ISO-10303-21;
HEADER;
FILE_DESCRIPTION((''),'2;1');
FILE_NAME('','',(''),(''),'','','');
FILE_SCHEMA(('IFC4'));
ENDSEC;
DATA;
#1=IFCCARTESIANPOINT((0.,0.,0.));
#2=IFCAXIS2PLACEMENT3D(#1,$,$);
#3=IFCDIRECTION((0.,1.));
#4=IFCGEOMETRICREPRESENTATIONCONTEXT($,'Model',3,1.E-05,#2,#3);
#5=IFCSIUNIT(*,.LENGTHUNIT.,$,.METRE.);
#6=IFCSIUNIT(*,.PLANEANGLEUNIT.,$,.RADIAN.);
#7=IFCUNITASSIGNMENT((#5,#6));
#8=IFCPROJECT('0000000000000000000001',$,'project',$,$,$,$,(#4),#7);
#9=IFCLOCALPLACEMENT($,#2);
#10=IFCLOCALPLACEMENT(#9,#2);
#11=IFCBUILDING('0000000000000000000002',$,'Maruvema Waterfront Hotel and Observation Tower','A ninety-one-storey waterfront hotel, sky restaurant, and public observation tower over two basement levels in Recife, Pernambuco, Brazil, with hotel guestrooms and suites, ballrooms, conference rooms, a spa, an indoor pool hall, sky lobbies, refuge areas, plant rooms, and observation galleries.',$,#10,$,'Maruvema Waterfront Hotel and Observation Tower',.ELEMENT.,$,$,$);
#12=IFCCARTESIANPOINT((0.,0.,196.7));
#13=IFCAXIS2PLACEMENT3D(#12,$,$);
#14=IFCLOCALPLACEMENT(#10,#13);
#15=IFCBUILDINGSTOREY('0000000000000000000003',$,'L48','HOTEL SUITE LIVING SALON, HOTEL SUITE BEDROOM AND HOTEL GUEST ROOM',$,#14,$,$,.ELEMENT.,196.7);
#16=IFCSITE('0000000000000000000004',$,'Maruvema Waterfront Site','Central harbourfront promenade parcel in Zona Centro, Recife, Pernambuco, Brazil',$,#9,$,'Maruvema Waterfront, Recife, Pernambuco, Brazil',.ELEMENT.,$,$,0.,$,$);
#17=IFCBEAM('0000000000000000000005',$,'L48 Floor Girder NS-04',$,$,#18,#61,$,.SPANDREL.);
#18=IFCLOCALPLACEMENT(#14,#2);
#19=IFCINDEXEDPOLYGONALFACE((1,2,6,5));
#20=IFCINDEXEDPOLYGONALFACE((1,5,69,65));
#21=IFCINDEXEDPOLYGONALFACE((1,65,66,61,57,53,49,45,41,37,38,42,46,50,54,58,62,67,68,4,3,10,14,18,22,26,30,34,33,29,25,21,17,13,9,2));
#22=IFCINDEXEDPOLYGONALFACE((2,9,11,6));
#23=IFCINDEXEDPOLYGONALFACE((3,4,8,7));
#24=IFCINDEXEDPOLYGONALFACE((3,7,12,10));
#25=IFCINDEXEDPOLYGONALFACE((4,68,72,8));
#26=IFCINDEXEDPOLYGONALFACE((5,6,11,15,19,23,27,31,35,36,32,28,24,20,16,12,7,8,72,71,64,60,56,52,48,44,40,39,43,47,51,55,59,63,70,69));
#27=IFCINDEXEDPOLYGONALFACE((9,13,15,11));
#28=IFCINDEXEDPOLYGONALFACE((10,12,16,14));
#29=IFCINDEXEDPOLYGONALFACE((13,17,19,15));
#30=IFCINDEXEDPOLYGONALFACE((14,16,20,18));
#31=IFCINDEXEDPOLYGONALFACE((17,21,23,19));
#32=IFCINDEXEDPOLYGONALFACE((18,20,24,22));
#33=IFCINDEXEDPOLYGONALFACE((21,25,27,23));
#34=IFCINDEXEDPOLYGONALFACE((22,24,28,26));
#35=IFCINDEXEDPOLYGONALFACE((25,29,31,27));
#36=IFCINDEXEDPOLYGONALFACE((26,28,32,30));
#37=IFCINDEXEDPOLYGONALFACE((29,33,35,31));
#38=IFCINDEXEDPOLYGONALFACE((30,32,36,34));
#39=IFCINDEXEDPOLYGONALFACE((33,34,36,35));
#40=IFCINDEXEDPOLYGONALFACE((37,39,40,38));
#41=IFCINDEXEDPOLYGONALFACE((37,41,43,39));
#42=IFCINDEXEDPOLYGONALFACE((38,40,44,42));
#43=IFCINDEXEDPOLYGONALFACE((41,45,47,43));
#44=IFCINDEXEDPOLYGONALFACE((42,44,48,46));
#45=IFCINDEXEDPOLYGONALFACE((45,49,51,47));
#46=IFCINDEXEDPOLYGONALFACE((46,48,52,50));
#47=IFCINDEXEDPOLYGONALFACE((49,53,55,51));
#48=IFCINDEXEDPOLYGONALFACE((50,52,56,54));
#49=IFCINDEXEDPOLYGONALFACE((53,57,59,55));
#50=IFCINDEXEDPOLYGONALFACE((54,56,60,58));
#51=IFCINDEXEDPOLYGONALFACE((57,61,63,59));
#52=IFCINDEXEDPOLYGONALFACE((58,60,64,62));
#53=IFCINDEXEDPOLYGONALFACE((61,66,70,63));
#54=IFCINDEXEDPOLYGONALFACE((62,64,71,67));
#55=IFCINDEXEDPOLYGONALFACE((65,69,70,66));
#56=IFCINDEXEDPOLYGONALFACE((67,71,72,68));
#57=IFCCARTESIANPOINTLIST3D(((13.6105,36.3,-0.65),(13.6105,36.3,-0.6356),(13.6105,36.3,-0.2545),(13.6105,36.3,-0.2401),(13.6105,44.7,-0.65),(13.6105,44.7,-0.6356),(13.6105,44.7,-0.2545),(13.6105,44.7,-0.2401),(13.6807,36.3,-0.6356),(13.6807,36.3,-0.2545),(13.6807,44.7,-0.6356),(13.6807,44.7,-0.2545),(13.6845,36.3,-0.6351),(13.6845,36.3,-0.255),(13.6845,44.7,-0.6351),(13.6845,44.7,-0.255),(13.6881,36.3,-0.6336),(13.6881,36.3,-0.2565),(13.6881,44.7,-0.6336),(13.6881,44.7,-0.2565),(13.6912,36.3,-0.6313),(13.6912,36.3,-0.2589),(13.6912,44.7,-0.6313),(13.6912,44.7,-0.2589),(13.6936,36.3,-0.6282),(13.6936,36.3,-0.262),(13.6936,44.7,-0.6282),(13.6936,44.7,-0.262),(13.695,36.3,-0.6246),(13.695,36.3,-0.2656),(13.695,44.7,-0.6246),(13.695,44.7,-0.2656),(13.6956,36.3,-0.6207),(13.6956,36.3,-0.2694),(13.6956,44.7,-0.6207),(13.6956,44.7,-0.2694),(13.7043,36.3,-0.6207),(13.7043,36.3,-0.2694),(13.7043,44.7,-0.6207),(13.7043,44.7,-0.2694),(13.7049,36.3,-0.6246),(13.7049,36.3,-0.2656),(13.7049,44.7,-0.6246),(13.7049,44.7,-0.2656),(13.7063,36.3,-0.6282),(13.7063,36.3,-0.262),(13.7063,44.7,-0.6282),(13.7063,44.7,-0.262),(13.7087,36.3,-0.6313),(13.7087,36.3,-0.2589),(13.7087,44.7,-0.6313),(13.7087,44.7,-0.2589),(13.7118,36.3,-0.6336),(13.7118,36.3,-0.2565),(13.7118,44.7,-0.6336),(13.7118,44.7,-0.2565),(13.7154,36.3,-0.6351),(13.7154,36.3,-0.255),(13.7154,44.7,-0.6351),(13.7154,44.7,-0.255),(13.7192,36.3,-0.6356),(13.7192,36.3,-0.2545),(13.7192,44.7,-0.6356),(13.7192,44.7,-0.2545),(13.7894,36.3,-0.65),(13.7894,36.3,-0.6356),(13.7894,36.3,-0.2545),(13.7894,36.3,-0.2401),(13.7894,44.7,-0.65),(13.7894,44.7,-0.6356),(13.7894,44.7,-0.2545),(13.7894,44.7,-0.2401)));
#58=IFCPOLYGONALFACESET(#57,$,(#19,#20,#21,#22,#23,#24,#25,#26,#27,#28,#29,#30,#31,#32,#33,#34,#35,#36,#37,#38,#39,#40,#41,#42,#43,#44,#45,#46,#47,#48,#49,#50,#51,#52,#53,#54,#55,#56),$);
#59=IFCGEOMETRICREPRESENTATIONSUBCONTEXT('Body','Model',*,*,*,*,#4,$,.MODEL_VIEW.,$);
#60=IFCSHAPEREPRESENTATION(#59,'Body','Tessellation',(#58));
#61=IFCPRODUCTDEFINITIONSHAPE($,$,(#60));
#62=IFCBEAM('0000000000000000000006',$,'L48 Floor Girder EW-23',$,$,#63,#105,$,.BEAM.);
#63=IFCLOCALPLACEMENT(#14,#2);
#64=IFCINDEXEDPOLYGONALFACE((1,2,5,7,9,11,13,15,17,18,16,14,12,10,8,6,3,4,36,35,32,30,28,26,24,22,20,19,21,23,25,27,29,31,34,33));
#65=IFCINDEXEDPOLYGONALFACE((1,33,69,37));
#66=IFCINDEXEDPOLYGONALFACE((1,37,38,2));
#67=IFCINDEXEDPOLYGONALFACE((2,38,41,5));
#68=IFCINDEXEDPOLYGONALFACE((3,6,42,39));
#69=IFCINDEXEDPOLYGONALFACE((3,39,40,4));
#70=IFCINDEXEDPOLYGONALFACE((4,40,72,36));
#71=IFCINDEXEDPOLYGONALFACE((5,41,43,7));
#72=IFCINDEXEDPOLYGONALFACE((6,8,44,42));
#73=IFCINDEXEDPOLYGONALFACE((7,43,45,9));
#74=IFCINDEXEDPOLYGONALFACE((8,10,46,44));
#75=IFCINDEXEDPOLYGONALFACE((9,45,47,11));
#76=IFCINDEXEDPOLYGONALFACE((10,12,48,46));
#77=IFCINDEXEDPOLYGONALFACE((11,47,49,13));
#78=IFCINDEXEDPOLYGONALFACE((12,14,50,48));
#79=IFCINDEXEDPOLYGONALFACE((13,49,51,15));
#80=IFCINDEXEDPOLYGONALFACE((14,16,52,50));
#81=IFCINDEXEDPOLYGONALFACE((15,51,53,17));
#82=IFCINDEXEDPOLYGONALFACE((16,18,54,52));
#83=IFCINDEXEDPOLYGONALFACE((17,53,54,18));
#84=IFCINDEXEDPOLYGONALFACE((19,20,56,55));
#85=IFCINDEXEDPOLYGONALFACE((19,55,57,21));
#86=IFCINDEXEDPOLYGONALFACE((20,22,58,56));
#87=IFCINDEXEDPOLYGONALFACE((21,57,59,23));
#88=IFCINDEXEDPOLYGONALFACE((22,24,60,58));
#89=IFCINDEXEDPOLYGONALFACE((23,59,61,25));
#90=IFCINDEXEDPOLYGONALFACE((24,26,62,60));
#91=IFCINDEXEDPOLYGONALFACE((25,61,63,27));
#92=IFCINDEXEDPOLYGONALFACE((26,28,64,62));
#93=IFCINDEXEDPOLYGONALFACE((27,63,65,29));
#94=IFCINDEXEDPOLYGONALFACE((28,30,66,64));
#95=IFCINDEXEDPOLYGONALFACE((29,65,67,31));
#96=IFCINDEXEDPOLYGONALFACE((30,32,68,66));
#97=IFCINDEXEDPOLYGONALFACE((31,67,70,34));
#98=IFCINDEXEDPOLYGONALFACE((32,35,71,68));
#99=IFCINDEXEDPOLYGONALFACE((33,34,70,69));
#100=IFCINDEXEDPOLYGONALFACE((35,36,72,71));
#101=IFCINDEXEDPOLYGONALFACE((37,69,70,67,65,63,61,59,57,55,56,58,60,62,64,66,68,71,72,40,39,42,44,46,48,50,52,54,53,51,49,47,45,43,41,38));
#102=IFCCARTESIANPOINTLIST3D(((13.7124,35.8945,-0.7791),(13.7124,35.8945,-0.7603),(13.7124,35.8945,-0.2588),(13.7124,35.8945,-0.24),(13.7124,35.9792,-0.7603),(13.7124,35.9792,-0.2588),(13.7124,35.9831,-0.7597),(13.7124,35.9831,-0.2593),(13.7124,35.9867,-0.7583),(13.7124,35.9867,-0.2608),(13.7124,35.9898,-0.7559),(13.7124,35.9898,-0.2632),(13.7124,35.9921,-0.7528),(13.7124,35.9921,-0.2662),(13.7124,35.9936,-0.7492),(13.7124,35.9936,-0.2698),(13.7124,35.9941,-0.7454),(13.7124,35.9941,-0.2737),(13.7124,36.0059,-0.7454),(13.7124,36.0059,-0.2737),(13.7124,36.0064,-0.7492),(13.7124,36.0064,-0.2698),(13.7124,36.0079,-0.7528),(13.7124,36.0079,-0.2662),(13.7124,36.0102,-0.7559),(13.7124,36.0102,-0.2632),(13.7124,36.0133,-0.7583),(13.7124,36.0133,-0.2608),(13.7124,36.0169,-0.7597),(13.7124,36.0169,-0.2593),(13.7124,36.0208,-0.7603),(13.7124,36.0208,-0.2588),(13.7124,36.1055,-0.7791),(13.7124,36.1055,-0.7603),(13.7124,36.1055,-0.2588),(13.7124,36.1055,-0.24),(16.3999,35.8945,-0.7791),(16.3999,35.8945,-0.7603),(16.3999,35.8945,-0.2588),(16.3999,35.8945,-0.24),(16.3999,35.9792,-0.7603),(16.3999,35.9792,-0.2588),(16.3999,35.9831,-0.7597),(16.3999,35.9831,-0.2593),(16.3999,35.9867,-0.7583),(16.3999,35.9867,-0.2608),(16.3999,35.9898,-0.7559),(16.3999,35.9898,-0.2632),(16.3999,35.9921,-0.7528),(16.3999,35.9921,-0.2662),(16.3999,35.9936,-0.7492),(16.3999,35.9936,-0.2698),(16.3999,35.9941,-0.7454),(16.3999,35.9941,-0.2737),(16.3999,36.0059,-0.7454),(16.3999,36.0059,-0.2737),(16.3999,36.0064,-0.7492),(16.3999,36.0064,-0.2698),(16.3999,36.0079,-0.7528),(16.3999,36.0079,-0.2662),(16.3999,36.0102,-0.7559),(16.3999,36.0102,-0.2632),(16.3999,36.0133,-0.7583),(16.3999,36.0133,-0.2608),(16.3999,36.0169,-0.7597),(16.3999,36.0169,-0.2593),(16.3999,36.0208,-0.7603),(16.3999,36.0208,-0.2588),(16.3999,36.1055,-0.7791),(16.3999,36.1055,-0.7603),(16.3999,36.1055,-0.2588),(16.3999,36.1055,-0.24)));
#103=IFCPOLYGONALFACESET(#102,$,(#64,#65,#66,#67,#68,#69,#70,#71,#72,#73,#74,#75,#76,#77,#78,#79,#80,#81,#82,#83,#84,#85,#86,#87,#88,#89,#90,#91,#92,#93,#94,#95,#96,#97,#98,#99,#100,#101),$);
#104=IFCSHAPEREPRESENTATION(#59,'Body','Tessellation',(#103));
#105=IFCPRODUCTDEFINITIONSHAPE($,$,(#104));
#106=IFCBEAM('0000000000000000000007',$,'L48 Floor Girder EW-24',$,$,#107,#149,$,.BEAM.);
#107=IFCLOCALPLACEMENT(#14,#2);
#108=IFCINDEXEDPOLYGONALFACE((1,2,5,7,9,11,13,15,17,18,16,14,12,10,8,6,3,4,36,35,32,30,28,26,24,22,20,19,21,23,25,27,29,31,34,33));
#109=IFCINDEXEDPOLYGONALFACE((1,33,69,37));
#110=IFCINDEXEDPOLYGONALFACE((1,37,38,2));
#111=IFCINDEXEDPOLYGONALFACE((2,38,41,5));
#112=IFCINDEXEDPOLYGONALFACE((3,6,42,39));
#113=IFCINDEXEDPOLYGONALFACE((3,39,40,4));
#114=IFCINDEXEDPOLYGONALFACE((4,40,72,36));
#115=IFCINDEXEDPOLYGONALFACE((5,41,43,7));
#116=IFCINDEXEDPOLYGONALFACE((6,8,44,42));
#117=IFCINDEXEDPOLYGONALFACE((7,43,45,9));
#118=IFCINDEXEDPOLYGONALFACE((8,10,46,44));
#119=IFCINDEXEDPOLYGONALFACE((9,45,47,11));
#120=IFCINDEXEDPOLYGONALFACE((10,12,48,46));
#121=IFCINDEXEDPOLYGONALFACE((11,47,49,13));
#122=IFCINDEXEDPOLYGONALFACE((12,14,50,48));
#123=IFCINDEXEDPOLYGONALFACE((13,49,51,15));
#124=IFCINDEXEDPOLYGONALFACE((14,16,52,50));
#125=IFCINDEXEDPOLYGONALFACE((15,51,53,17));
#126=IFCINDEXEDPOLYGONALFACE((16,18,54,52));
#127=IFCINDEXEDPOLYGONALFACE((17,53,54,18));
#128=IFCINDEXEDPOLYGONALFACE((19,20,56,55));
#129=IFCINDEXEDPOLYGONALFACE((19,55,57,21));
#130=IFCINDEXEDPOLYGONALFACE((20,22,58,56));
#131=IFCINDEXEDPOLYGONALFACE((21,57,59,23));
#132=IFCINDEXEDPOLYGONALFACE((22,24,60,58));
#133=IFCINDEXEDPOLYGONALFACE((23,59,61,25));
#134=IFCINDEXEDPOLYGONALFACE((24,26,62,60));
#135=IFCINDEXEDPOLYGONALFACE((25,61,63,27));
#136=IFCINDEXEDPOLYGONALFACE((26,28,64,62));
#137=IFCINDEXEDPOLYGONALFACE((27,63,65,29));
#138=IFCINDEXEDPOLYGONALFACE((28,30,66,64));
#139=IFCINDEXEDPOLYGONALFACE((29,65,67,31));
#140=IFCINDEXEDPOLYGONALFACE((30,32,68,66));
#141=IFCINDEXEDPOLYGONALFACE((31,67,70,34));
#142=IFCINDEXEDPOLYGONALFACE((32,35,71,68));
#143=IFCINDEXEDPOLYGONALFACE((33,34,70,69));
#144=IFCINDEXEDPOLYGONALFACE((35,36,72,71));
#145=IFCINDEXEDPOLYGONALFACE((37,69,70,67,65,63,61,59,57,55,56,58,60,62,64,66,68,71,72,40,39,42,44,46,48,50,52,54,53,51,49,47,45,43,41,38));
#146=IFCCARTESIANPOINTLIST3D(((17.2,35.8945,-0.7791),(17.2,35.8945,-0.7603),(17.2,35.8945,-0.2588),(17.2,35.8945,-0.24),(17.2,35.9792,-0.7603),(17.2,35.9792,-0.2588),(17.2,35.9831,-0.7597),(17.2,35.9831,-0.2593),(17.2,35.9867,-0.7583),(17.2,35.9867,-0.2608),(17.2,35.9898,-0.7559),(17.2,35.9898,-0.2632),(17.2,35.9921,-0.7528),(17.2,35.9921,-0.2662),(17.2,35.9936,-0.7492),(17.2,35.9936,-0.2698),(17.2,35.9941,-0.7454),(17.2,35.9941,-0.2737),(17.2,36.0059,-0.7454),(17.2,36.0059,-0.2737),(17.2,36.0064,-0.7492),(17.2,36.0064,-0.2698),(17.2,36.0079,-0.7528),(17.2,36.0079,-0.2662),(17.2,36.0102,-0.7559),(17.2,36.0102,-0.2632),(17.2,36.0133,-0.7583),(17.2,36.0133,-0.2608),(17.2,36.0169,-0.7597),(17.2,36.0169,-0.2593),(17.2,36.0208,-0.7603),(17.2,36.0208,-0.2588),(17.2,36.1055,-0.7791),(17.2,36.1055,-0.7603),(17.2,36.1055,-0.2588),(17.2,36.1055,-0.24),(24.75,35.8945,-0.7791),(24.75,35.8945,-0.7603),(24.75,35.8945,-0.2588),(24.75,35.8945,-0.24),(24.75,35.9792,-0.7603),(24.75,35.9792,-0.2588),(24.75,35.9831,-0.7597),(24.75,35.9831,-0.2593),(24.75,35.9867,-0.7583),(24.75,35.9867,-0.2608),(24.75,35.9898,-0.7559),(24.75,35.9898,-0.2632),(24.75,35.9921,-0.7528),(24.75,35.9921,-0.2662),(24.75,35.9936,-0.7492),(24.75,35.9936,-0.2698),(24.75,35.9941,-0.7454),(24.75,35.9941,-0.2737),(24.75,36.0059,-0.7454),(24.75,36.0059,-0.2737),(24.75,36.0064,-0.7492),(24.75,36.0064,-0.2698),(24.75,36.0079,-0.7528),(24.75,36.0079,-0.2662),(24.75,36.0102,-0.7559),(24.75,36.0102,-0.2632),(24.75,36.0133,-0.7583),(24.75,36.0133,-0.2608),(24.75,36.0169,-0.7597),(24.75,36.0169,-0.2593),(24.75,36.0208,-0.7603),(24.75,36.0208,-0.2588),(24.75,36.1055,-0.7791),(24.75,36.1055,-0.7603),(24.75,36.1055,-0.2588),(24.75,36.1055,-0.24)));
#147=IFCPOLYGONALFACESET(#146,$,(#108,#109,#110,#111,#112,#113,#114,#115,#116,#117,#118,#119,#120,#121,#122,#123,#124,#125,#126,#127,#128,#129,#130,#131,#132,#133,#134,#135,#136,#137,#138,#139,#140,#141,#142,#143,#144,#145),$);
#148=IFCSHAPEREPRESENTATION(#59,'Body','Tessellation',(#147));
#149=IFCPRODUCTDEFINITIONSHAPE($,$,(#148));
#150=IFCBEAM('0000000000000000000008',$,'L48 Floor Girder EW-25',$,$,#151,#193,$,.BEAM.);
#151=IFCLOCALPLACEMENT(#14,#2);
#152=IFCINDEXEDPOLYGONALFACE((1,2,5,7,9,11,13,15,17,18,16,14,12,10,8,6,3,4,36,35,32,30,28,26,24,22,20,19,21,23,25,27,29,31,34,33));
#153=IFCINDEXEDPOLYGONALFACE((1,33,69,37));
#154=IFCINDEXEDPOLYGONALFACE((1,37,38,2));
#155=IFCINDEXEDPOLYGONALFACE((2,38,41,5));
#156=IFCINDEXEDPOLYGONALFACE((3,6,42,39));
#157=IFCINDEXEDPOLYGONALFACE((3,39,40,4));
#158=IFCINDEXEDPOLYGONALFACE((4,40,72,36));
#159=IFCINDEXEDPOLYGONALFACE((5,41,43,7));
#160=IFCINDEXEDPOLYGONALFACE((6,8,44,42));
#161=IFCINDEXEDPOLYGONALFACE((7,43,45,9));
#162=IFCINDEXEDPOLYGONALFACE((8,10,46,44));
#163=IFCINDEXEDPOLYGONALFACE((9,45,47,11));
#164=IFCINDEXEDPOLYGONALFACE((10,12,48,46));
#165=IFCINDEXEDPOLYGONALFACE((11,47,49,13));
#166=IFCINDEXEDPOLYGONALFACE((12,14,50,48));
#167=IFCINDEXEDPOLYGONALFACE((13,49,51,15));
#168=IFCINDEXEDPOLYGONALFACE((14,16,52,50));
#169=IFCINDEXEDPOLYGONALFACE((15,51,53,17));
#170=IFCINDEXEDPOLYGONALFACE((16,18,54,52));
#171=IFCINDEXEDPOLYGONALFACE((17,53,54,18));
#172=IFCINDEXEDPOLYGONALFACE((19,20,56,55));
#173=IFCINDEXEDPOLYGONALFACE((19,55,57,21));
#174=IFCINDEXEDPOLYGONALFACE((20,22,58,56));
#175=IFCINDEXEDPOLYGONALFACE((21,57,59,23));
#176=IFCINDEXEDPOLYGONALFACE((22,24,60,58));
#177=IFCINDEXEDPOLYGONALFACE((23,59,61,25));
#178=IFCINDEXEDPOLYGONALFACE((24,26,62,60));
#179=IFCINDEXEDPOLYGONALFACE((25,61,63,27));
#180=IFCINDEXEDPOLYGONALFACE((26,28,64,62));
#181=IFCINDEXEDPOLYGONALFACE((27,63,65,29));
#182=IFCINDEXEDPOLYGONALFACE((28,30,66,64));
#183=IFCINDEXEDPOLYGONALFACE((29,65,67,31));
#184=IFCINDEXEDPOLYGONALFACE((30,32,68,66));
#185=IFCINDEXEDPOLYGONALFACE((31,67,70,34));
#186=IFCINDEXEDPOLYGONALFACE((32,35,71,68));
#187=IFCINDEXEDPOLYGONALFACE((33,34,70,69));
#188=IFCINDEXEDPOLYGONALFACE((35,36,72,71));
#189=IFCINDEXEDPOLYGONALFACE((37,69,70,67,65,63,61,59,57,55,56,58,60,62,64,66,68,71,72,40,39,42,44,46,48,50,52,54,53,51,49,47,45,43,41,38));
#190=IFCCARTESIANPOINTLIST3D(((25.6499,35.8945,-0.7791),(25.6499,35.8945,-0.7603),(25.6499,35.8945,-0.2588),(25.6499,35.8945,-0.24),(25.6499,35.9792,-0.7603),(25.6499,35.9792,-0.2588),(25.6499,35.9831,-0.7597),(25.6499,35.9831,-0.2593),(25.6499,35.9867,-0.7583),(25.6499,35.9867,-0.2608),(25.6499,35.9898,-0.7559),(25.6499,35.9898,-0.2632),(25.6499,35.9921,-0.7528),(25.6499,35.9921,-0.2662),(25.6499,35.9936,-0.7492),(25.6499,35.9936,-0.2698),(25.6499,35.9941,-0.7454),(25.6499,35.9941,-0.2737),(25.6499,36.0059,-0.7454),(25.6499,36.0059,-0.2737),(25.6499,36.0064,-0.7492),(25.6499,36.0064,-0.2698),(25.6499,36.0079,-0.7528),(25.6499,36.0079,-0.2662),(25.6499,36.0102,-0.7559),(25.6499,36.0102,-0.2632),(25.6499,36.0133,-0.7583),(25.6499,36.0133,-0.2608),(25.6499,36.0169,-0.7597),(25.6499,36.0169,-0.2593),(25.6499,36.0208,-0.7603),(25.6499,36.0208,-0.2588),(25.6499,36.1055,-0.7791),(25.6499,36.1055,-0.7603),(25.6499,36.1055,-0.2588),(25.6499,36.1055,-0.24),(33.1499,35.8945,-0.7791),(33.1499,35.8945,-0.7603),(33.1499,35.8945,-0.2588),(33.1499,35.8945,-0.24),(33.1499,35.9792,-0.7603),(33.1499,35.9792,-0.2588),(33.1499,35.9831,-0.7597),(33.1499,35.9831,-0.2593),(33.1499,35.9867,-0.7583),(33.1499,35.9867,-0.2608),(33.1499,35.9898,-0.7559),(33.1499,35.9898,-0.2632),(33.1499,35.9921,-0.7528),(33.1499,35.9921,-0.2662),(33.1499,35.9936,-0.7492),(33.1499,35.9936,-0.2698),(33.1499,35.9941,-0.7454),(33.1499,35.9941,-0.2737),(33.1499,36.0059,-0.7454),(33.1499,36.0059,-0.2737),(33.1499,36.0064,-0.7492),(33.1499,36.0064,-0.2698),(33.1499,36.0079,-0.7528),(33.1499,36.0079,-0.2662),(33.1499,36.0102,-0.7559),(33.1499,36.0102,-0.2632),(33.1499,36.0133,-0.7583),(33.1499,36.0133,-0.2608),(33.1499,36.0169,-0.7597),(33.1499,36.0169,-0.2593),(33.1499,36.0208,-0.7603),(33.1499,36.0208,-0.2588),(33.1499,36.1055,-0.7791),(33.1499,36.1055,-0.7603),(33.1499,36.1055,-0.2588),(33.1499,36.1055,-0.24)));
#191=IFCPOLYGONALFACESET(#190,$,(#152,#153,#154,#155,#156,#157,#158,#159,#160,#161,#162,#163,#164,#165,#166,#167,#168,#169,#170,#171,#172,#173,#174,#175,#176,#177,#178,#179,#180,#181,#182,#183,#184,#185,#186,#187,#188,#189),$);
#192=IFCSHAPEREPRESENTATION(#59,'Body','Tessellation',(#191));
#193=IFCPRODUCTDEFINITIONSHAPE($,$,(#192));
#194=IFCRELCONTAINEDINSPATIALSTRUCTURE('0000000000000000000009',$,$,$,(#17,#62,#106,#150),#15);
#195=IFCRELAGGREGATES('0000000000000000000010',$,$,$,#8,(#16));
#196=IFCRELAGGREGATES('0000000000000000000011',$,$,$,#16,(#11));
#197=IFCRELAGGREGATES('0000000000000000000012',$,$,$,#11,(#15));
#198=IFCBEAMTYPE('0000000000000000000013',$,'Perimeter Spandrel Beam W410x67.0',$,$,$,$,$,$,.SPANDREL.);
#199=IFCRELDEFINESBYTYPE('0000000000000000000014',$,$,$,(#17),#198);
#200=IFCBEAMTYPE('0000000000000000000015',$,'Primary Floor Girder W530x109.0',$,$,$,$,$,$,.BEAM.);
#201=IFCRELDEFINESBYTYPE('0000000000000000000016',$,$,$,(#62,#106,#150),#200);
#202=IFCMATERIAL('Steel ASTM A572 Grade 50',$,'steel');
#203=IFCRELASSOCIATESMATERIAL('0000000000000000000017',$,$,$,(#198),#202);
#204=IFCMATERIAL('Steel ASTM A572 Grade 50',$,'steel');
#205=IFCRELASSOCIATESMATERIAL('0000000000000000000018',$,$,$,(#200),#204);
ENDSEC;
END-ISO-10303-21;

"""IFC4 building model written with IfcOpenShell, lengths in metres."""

from ifc_helpers import new_model, si_unit, direction, frame, origin, origin_2d, place, context, subcontext, project, spatial, i_section, extrude, material, material_profile, profile_set, type_object, element, save


model = new_model("IFC4")

# Units and contexts
model_context = context("Model", 3, precision=1e-05, world=origin(), true_north=direction((0.0, 1.0)))
body_context = subcontext(model_context, "Body", "Model", "MODEL_VIEW")
ifc_project = project(units=[si_unit("LENGTHUNIT", "METRE"), si_unit("PLANEANGLEUNIT", "RADIAN")], contexts=[model_context])

# Site, building, storey
site_placement = place(None, origin())
site = spatial("IfcSite", under=ifc_project, at=site_placement, Name="Maruvema Waterfront Site", Description="Central harbourfront promenade parcel in Zona Centro, Recife, Pernambuco, Brazil", LongName="Maruvema Waterfront, Recife, Pernambuco, Brazil", CompositionType="ELEMENT", RefElevation=0.0)
building_placement = place(site_placement, origin())
building = spatial("IfcBuilding", under=site, at=building_placement, Name="Maruvema Waterfront Hotel and Observation Tower", Description="A ninety-one-storey waterfront hotel, sky restaurant, and public observation tower over two basement levels in Recife, Pernambuco, Brazil, with hotel guestrooms and suites, ballrooms, conference rooms, a spa, an indoor pool hall, sky lobbies, refuge areas, plant rooms, and observation galleries.", LongName="Maruvema Waterfront Hotel and Observation Tower", CompositionType="ELEMENT")
storey_placement = place(building_placement, frame((0.0, 0.0, 196.7)))
storey = spatial("IfcBuildingStorey", under=building, at=storey_placement, Name="L48", Description="HOTEL SUITE LIVING SALON, HOTEL SUITE BEDROOM AND HOTEL GUEST ROOM", CompositionType="ELEMENT", Elevation=196.7)

# Beams
ifc_material_1 = material(Name="Steel ASTM A572 Grade 50", Category="steel")
ifc_material_profile_1 = material_profile(ifc_material_1, i_section(OverallWidth=0.179, OverallDepth=0.4099, WebThickness=0.0088, FlangeThickness=0.0144, FilletRadius=0.0149, at=origin_2d()), Name="W410x67.0")
ifc_profile_set_1 = profile_set([ifc_material_profile_1], Name="Steel ASTM A572 Grade 50")
beam_type_1 = type_object("IfcBeamType", Name="Perimeter Spandrel Beam W410x67.0", PredefinedType="SPANDREL", material=ifc_profile_set_1)
beam_1_placement = place(storey_placement, frame((13.7, 36.3, -0.4451), z_axis=(0.0, 1.0, 0.0), x_axis=(-1.0, 0.0, 0.0)))
element("IfcBeam", 1, at=beam_1_placement, inside=storey, type_object=beam_type_1, Name="L48 Floor Girder NS-04", PredefinedType="SPANDREL", context=body_context, shape_type="SweptSolid", body=[
    extrude(i_section(OverallWidth=0.179, OverallDepth=0.4099, WebThickness=0.0088, FlangeThickness=0.0144, FilletRadius=0.0149, at=origin_2d()), origin(), (0.0, 0.0, 1.0), 8.3999),
])
ifc_material_2 = material(Name="Steel ASTM A572 Grade 50", Category="steel")
ifc_material_profile_2 = material_profile(ifc_material_2, i_section(OverallWidth=0.2109, OverallDepth=0.5391, WebThickness=0.0117, FlangeThickness=0.0188, FilletRadius=0.0149, at=origin_2d()), Name="W530x109.0")
ifc_profile_set_2 = profile_set([ifc_material_profile_2], Name="Steel ASTM A572 Grade 50")
beam_type_2 = type_object("IfcBeamType", Name="Primary Floor Girder W530x109.0", PredefinedType="BEAM", material=ifc_profile_set_2)
beam_2_placement = place(storey_placement, frame((13.7124, 36.0, -0.5095), z_axis=(1.0, 0.0, 0.0), x_axis=(0.0, 1.0, 0.0)))
element("IfcBeam", 2, at=beam_2_placement, inside=storey, type_object=beam_type_2, Name="L48 Floor Girder EW-23", PredefinedType="BEAM", context=body_context, shape_type="SweptSolid", body=[
    extrude(i_section(OverallWidth=0.2109, OverallDepth=0.5391, WebThickness=0.0117, FlangeThickness=0.0188, FilletRadius=0.0149, at=origin_2d()), origin(), (0.0, 0.0, 1.0), 2.6875),
])
beam_3_placement = place(storey_placement, frame((17.2, 36.0, -0.5095), z_axis=(1.0, 0.0, 0.0), x_axis=(0.0, 1.0, 0.0)))
element("IfcBeam", 3, at=beam_3_placement, inside=storey, type_object=beam_type_2, Name="L48 Floor Girder EW-24", PredefinedType="BEAM", context=body_context, shape_type="SweptSolid", body=[
    extrude(i_section(OverallWidth=0.2109, OverallDepth=0.5391, WebThickness=0.0117, FlangeThickness=0.0188, FilletRadius=0.0149, at=origin_2d()), origin(), (0.0, 0.0, 1.0), 7.55),
])
beam_4_placement = place(storey_placement, frame((25.6499, 36.0, -0.5095), z_axis=(1.0, 0.0, 0.0), x_axis=(0.0, 1.0, 0.0)))
element("IfcBeam", 4, at=beam_4_placement, inside=storey, type_object=beam_type_2, Name="L48 Floor Girder EW-25", PredefinedType="BEAM", context=body_context, shape_type="SweptSolid", body=[
    extrude(i_section(OverallWidth=0.2109, OverallDepth=0.5391, WebThickness=0.0117, FlangeThickness=0.0188, FilletRadius=0.0149, at=origin_2d()), origin(), (0.0, 0.0, 1.0), 7.5),
])

save(model, "model.ifc")
